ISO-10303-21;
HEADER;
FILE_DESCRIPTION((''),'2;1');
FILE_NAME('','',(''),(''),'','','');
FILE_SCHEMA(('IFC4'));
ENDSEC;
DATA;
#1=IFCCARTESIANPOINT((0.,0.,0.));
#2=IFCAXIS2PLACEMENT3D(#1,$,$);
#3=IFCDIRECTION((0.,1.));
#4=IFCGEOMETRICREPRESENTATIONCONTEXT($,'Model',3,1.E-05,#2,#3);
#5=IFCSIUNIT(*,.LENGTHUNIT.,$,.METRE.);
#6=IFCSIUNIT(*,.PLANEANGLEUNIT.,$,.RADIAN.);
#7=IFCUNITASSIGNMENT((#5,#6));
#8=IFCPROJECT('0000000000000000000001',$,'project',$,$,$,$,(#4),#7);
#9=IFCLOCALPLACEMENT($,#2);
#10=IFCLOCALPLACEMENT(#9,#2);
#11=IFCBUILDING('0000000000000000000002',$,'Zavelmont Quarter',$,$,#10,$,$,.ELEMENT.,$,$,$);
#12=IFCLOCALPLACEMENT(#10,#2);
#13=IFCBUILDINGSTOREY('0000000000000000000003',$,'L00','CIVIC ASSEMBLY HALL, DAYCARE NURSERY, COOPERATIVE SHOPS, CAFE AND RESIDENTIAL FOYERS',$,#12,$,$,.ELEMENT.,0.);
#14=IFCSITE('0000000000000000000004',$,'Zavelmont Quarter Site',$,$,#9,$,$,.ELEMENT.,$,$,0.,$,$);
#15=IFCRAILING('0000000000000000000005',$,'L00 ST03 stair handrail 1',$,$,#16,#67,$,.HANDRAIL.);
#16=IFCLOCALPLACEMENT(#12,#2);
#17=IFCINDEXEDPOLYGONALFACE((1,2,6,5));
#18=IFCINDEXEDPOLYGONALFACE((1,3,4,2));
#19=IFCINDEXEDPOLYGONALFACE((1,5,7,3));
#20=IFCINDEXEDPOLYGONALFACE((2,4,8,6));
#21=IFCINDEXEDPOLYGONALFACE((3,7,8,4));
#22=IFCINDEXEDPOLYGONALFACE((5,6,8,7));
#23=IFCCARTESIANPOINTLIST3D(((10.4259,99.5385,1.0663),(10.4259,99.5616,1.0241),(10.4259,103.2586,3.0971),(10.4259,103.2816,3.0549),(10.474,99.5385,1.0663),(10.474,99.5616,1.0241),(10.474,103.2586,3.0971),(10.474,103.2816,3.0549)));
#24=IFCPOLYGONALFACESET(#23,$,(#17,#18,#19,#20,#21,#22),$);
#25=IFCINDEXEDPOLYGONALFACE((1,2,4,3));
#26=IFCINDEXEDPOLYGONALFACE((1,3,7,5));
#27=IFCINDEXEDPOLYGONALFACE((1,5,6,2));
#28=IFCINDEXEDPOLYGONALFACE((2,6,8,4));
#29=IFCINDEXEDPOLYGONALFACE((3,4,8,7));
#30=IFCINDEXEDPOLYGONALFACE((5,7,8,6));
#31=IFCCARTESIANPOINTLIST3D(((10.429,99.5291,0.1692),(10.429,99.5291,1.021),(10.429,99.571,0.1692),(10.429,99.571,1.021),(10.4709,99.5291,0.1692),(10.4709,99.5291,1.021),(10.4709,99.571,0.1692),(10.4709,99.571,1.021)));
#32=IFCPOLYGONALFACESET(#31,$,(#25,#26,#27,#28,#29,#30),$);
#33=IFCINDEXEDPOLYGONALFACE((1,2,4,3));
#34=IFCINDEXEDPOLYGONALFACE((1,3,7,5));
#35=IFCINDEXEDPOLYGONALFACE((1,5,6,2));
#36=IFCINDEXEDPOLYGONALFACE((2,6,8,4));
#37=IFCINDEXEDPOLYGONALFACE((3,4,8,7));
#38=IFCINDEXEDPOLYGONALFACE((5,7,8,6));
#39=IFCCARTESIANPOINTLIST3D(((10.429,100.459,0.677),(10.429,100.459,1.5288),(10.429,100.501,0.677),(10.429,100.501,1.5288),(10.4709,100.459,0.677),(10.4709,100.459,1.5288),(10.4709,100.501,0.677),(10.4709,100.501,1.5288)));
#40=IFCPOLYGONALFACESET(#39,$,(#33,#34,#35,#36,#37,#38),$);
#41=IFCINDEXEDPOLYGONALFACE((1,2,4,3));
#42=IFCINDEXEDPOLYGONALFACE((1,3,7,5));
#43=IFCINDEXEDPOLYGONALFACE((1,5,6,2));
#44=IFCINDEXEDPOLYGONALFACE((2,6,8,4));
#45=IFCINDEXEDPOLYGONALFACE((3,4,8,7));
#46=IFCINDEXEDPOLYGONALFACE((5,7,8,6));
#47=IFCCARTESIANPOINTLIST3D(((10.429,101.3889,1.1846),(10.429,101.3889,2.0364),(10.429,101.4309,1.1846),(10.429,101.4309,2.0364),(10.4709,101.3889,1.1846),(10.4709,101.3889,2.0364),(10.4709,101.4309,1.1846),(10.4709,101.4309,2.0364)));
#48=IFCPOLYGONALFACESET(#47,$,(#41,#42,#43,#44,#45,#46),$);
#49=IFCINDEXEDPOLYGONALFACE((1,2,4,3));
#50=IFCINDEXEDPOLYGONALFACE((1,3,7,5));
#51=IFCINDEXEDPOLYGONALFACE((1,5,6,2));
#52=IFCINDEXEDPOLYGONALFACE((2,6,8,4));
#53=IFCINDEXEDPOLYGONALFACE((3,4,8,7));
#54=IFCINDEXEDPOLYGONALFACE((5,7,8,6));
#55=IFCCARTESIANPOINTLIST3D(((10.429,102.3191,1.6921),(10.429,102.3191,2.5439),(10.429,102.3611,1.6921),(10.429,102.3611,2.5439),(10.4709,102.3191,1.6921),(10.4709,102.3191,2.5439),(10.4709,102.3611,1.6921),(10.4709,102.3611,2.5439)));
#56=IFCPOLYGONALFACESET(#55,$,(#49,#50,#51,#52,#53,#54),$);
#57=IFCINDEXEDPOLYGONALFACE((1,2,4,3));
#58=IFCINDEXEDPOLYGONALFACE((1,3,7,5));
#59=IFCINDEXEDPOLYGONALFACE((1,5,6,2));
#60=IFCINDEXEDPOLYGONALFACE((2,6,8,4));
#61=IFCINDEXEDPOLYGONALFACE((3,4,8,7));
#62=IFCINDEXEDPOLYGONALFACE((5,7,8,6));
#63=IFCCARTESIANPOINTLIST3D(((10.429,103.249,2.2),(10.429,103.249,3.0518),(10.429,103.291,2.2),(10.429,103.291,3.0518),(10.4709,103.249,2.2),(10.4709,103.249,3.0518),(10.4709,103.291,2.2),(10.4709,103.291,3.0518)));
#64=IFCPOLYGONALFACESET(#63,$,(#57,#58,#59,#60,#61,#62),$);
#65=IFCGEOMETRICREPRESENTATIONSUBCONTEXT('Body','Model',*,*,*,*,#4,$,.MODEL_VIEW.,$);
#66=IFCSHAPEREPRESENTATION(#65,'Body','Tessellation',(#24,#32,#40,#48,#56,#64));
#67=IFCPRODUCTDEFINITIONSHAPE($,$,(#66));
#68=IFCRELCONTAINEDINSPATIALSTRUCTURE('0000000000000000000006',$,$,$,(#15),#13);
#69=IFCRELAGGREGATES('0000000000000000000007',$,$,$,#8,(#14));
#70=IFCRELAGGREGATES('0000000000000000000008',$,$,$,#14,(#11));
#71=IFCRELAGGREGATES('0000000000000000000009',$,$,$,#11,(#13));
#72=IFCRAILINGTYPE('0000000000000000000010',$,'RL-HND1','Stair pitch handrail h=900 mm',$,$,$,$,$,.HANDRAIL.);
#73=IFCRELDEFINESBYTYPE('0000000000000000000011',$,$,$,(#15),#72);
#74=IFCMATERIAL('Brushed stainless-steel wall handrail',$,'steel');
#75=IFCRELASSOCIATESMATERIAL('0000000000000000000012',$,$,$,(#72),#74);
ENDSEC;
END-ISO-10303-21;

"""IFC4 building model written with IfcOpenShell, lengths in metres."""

from ifc_helpers import new_model, si_unit, direction, frame, origin, origin_2d, place, context, subcontext, project, spatial, rectangle, extrude, material, type_object, element, save


model = new_model("IFC4")

# Units and contexts
model_context = context("Model", 3, precision=1e-05, world=origin(), true_north=direction((0.0, 1.0)))
body_context = subcontext(model_context, "Body", "Model", "MODEL_VIEW")
ifc_project = project(units=[si_unit("LENGTHUNIT", "METRE"), si_unit("PLANEANGLEUNIT", "RADIAN")], contexts=[model_context])

# Site, building, storey
site_placement = place(None, origin())
site = spatial("IfcSite", under=ifc_project, at=site_placement, Name="Zavelmont Quarter Site", CompositionType="ELEMENT", RefElevation=0.0)
building_placement = place(site_placement, origin())
building = spatial("IfcBuilding", under=site, at=building_placement, Name="Zavelmont Quarter", CompositionType="ELEMENT")
storey_placement = place(building_placement, origin())
storey = spatial("IfcBuildingStorey", under=building, at=storey_placement, Name="L00", Description="CIVIC ASSEMBLY HALL, DAYCARE NURSERY, COOPERATIVE SHOPS, CAFE AND RESIDENTIAL FOYERS", CompositionType="ELEMENT", Elevation=0.0)

# Railing
ifc_material_1 = material(Name="Brushed stainless-steel wall handrail", Category="steel")
railing_type = type_object("IfcRailingType", Name="RL-HND1", Description="Stair pitch handrail h=900 mm", PredefinedType="HANDRAIL", material=ifc_material_1)
railing_placement = place(storey_placement, frame((10.45, 99.55, 0.1692)))
element("IfcRailing", 1, at=railing_placement, inside=storey, type_object=railing_type, Name="L00 ST03 stair handrail 1", PredefinedType="HANDRAIL", context=body_context, shape_type="SweptSolid", body=[
    extrude(rectangle(XDim=0.0481, YDim=0.0481, at=origin_2d()), frame((0.0, 0.0, 0.876), z_axis=(0.0, 0.877728, 0.479159), x_axis=(-1.0, 0.0, 0.0)), (0.0, 0.0, 1.0), 4.2383),
    extrude(rectangle(XDim=0.042, YDim=0.042, at=origin_2d()), origin(), (0.0, 0.0, 1.0), 0.8518),
    extrude(rectangle(XDim=0.042, YDim=0.042, at=origin_2d()), frame((0.0, 0.9299, 0.5078)), (0.0, 0.0, 1.0), 0.8518),
    extrude(rectangle(XDim=0.042, YDim=0.042, at=origin_2d()), frame((0.0, 1.8599, 1.0154)), (0.0, 0.0, 1.0), 0.8518),
    extrude(rectangle(XDim=0.042, YDim=0.042, at=origin_2d()), frame((0.0, 2.79, 1.5229)), (0.0, 0.0, 1.0), 0.8518),
    extrude(rectangle(XDim=0.042, YDim=0.042, at=origin_2d()), frame((0.0, 3.72, 2.0308)), (0.0, 0.0, 1.0), 0.8518),
])

save(model, "model.ifc")
